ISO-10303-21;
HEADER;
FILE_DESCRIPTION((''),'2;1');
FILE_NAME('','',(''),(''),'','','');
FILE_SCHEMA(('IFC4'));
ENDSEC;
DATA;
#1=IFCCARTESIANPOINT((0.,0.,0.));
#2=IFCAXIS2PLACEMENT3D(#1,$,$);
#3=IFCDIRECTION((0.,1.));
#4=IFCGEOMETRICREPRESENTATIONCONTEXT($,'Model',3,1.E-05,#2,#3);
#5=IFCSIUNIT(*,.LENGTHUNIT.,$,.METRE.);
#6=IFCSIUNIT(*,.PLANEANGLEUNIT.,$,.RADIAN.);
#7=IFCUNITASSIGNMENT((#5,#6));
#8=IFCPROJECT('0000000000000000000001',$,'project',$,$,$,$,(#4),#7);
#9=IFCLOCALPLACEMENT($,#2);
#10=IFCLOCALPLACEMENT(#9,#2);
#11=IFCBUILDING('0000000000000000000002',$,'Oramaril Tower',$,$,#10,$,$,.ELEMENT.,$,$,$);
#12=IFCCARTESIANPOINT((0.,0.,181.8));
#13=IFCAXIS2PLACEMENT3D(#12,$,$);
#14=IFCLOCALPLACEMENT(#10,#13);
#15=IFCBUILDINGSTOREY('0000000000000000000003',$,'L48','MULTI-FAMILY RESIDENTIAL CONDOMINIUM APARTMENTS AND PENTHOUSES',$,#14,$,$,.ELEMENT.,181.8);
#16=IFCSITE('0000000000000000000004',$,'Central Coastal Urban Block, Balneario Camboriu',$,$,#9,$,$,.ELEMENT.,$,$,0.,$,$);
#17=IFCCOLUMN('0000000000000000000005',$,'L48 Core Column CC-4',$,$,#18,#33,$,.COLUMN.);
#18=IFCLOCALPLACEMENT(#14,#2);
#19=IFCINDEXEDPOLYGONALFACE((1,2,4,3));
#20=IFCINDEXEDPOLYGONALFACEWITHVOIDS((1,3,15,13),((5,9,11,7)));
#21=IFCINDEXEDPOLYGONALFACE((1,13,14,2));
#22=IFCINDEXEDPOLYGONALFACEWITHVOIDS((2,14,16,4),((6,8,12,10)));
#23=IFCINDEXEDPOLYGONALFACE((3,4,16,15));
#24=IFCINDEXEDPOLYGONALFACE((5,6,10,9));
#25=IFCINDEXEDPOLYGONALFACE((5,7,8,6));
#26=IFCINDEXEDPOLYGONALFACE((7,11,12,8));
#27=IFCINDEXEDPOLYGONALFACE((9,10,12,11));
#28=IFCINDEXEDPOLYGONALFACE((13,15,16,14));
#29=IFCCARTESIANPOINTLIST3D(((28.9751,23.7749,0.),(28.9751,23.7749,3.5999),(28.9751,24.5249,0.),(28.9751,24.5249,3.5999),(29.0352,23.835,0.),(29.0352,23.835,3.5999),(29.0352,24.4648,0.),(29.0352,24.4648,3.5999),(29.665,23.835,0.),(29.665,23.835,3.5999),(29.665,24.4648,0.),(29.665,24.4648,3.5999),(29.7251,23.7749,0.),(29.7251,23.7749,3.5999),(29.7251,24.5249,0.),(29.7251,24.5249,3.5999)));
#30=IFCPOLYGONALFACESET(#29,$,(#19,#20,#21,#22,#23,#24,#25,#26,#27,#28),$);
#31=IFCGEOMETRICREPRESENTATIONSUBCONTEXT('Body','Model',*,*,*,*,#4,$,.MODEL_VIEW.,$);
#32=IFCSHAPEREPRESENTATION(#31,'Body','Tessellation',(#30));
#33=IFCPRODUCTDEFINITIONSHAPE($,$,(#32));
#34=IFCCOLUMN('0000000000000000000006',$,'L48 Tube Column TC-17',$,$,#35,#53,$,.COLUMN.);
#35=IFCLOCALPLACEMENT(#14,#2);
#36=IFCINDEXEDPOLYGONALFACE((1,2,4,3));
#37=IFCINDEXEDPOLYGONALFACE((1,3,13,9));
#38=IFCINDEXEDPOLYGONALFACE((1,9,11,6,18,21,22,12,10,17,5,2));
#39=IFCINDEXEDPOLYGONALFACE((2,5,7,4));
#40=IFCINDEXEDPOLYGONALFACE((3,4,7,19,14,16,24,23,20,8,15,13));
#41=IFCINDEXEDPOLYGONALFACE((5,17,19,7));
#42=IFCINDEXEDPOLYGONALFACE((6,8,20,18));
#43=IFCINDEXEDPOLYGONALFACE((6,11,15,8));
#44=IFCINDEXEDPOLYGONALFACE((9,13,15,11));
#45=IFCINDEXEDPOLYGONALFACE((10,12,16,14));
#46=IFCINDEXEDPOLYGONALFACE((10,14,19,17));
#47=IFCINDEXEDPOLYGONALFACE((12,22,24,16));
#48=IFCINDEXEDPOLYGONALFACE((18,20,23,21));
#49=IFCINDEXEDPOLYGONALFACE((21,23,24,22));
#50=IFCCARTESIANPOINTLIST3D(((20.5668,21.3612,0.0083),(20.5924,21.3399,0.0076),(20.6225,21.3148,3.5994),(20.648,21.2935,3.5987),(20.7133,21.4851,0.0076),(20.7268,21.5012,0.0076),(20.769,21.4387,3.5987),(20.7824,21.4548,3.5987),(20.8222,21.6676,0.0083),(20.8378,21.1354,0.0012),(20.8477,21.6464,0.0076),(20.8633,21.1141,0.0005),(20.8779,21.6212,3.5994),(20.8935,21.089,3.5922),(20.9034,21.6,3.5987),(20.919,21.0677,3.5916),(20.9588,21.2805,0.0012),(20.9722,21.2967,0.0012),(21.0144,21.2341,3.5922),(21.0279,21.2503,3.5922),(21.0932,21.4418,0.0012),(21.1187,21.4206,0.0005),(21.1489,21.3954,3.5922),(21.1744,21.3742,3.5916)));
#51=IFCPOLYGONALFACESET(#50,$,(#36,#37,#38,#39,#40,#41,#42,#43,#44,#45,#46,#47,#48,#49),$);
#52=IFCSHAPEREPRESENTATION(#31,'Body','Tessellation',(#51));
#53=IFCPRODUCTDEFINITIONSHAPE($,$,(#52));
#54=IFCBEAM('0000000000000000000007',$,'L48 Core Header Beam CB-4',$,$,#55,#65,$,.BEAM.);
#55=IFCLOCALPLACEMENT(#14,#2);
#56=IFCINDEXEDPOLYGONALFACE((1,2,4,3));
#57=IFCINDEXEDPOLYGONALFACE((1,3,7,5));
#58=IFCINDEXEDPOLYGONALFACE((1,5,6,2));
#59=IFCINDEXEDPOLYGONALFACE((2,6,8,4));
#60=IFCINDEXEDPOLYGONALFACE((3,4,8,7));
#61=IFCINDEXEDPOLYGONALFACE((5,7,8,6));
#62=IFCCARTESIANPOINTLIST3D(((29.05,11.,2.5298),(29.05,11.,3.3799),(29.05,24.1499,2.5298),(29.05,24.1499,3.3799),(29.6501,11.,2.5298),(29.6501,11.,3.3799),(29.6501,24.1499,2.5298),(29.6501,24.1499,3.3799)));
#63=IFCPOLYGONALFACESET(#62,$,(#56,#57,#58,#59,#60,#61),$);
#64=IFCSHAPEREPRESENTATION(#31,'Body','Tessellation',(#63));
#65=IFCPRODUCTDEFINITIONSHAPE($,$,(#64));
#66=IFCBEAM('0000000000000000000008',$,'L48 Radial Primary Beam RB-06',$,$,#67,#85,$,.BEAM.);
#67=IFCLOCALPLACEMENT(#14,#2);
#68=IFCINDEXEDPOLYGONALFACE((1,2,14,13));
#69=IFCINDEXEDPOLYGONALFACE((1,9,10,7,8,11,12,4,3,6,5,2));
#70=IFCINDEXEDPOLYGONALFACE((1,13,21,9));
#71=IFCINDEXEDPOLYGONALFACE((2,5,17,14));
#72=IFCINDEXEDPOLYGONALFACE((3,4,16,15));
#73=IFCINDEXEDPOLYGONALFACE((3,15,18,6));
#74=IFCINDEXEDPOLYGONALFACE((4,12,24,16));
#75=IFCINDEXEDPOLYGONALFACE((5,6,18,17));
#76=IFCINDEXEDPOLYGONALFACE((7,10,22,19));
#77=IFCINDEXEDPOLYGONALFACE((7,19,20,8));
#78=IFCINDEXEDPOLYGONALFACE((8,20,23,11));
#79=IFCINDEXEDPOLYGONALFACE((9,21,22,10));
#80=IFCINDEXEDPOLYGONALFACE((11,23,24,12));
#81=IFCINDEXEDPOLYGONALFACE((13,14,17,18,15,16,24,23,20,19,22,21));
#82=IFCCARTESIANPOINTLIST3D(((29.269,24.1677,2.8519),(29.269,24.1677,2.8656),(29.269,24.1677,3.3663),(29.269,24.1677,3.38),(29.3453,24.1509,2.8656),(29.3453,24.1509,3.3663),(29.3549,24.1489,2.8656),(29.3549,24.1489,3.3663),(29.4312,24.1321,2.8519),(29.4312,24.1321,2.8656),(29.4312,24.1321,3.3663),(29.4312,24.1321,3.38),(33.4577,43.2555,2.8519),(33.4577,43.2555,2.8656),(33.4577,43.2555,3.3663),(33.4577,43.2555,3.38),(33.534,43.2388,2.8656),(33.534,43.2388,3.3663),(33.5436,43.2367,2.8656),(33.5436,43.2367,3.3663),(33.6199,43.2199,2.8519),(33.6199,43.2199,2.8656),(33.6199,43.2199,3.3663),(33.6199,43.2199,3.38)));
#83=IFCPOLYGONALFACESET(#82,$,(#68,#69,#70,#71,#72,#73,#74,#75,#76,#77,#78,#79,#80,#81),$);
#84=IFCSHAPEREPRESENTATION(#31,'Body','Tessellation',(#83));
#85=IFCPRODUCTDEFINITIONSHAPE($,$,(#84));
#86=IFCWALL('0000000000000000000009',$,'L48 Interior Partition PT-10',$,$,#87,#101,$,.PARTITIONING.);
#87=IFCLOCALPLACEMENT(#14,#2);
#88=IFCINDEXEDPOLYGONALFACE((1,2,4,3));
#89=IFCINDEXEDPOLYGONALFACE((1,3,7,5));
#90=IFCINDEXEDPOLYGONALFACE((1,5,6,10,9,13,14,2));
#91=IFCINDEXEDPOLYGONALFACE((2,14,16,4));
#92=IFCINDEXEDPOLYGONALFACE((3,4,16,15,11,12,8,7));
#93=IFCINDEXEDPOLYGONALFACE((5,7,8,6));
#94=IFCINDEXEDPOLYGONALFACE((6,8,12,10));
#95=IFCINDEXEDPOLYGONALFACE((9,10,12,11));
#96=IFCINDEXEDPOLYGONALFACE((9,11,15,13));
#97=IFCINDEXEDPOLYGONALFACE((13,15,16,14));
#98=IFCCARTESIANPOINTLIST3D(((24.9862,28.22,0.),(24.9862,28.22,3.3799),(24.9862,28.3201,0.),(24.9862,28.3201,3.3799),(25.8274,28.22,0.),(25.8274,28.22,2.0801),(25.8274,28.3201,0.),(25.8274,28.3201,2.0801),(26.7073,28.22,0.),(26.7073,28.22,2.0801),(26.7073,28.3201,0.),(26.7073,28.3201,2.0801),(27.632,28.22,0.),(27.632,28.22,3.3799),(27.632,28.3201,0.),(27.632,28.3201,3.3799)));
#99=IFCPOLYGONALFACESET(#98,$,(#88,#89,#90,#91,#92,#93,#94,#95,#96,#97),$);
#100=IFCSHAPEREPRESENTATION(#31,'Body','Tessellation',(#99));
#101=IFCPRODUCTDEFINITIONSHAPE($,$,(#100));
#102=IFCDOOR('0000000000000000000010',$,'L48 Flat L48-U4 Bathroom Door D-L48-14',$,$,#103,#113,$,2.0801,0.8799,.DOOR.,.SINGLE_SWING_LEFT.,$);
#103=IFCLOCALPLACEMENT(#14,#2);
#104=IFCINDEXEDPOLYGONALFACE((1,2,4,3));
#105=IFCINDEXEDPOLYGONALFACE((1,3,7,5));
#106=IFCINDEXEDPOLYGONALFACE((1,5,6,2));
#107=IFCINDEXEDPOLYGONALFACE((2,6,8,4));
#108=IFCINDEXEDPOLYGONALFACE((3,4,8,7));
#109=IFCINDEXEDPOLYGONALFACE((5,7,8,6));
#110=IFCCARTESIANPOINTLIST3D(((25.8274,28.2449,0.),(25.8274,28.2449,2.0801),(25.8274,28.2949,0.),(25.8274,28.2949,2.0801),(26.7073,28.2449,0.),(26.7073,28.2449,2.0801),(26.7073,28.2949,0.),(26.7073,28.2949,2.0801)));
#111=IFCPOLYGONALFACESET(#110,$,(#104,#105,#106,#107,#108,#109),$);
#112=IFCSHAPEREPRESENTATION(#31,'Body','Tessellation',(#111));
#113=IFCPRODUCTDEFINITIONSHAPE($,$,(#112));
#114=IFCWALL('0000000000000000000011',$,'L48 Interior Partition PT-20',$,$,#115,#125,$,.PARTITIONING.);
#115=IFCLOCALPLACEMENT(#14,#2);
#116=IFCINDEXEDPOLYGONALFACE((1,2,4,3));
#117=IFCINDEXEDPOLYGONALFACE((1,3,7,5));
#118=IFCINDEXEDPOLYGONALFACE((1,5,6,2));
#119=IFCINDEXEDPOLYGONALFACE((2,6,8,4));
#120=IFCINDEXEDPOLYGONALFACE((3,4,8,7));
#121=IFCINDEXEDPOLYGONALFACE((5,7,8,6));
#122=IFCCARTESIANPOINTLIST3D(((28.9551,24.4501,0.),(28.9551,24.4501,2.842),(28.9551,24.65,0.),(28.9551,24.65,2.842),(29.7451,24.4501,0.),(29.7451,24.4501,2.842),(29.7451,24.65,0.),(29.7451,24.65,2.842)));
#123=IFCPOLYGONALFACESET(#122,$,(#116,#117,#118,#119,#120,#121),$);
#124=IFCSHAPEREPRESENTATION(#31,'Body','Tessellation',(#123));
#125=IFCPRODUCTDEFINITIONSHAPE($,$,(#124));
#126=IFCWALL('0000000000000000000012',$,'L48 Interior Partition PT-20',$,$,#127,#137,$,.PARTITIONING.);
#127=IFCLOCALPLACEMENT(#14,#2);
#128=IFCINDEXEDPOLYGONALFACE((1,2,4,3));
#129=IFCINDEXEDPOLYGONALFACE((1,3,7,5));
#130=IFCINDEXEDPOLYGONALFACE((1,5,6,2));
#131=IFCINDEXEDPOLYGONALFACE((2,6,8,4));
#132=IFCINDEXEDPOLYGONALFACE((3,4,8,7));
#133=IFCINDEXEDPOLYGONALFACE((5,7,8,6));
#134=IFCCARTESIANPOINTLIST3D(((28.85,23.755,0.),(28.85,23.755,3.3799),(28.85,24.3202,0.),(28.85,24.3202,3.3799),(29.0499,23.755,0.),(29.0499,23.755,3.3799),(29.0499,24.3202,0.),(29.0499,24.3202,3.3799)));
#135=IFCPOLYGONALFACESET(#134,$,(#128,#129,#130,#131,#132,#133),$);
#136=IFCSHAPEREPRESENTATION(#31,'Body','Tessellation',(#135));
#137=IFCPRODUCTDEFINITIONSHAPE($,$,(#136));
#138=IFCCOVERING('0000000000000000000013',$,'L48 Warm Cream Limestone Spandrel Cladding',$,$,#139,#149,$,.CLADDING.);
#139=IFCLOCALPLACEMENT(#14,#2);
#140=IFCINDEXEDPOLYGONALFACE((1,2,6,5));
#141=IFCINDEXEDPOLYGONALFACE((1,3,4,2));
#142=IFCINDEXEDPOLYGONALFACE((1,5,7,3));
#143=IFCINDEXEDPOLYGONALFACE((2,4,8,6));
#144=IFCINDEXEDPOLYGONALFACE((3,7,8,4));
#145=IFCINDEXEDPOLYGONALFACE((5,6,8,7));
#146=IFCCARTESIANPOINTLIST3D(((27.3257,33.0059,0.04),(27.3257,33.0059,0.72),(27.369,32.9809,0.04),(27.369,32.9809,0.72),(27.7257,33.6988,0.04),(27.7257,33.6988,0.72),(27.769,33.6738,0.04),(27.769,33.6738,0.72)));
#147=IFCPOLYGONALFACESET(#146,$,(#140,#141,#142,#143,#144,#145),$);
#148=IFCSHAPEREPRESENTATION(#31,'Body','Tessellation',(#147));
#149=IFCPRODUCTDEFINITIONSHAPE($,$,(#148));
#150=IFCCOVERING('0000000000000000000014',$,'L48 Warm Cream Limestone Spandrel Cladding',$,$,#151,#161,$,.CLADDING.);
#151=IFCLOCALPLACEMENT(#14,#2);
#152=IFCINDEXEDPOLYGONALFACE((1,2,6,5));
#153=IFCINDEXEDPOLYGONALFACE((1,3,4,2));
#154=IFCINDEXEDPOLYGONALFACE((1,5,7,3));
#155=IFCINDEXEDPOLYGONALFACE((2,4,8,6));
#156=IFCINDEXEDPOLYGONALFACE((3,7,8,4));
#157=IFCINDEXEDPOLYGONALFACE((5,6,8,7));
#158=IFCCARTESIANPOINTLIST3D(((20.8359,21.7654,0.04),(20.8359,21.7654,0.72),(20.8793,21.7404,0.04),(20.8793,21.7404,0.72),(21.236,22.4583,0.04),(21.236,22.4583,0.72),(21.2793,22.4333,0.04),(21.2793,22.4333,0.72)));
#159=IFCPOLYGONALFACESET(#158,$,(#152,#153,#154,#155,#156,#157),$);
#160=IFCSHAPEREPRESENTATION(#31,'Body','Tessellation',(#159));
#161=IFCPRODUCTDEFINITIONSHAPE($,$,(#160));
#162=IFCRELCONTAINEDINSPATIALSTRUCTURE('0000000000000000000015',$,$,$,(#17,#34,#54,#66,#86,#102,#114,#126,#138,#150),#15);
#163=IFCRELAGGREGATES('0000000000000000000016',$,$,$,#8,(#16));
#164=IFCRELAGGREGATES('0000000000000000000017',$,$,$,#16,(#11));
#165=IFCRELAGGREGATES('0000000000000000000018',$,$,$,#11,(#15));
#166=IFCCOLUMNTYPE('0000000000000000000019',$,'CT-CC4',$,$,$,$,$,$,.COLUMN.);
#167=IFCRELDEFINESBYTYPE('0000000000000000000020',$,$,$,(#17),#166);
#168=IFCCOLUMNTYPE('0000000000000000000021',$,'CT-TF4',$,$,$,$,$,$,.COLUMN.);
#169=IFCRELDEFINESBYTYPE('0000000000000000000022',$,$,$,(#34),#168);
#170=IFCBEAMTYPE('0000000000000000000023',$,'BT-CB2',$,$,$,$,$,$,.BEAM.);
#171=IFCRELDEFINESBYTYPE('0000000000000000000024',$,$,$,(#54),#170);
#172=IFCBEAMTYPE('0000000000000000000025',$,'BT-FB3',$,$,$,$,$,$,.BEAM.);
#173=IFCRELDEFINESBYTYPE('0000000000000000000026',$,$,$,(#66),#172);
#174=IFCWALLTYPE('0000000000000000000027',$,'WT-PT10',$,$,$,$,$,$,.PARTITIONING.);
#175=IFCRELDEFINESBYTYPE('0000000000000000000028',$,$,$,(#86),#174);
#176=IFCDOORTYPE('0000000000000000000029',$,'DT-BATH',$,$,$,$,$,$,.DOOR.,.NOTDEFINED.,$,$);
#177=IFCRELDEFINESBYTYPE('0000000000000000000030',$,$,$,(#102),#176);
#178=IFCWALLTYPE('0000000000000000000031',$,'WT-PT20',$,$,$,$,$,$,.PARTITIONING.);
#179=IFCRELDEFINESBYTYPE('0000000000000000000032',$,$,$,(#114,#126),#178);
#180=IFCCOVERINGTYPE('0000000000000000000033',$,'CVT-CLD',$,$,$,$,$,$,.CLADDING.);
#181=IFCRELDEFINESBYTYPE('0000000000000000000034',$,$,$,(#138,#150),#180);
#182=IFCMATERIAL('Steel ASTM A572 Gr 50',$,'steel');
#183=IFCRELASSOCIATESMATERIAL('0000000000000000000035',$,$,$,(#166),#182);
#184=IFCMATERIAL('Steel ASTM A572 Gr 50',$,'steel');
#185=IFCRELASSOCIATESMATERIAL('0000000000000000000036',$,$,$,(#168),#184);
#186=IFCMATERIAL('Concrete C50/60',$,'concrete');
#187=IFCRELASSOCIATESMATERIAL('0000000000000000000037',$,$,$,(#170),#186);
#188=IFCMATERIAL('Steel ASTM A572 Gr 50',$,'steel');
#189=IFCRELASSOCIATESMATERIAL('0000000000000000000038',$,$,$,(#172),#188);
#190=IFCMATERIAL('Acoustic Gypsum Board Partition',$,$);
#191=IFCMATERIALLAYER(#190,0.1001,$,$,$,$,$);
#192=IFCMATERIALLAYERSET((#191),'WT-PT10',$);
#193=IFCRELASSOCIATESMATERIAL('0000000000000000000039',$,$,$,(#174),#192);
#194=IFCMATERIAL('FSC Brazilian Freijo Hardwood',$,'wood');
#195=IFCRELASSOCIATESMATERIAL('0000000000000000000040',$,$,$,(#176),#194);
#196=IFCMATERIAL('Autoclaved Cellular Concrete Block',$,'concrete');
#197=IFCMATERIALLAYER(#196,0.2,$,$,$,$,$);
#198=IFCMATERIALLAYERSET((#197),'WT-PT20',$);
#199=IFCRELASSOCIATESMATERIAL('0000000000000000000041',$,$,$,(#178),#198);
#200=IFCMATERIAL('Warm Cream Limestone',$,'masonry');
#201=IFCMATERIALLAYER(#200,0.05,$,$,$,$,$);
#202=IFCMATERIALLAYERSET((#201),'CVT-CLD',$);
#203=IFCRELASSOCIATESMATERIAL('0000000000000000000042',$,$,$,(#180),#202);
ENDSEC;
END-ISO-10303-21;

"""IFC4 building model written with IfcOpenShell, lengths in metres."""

from ifc_helpers import new_model, si_unit, direction, frame, frame_2d, origin, origin_2d, place, context, subcontext, project, spatial, rectangle, hollow_rectangle, i_section, extrude, material, layer, layer_set, material_profile, profile_set, type_object, element, fill, save


model = new_model("IFC4")

# Units and contexts
model_context = context("Model", 3, precision=1e-05, world=origin(), true_north=direction((0.0, 1.0)))
body_context = subcontext(model_context, "Body", "Model", "MODEL_VIEW")
ifc_project = project(units=[si_unit("LENGTHUNIT", "METRE"), si_unit("PLANEANGLEUNIT", "RADIAN")], contexts=[model_context])

# Site, building, storey
site_placement = place(None, origin())
site = spatial("IfcSite", under=ifc_project, at=site_placement, Name="Central Coastal Urban Block, Balneario Camboriu", CompositionType="ELEMENT", RefElevation=0.0)
building_placement = place(site_placement, origin())
building = spatial("IfcBuilding", under=site, at=building_placement, Name="Oramaril Tower", CompositionType="ELEMENT")
storey_placement = place(building_placement, frame((0.0, 0.0, 181.8)))
storey = spatial("IfcBuildingStorey", under=building, at=storey_placement, Name="L48", Description="MULTI-FAMILY RESIDENTIAL CONDOMINIUM APARTMENTS AND PENTHOUSES", CompositionType="ELEMENT", Elevation=181.8)

# Columns
ifc_material_1 = material(Name="Steel ASTM A572 Gr 50", Category="steel")
ifc_material_profile_1 = material_profile(ifc_material_1, hollow_rectangle(XDim=0.75, YDim=0.75, WallThickness=0.0601, at=origin_2d()), Name="BOX750X750X60")
ifc_profile_set_1 = profile_set([ifc_material_profile_1], Name="Steel ASTM A572 Gr 50")
column_type_1 = type_object("IfcColumnType", Name="CT-CC4", PredefinedType="COLUMN", material=ifc_profile_set_1)
column_1_placement = place(storey_placement, frame((29.3501, 24.1499, 0.0), z_axis=(0.0, 0.0, 1.0), x_axis=(1.0, 0.0, 0.0)))
element("IfcColumn", 1, at=column_1_placement, inside=storey, type_object=column_type_1, Name="L48 Core Column CC-4", PredefinedType="COLUMN", context=body_context, shape_type="SweptSolid", body=[
    extrude(hollow_rectangle(XDim=0.75, YDim=0.75, WallThickness=0.0601, at=origin_2d()), origin(), (0.0, 0.0, 1.0), 3.5999),
])
ifc_material_2 = material(Name="Steel ASTM A572 Gr 50", Category="steel")
ifc_material_profile_2 = material_profile(ifc_material_2, i_section(OverallWidth=0.3989, OverallDepth=0.386, WebThickness=0.021, FlangeThickness=0.0332, at=origin_2d()), Name="W14X176")
ifc_profile_set_2 = profile_set([ifc_material_profile_2], Name="Steel ASTM A572 Gr 50")
column_type_2 = type_object("IfcColumnType", Name="CT-TF4", PredefinedType="COLUMN", material=ifc_profile_set_2)
column_2_placement = place(storey_placement, frame((20.8428, 21.3909, 0.0044), z_axis=(0.015498, -0.012915, 0.999796), x_axis=(0.640184, 0.768221, 0.0)))
element("IfcColumn", 2, at=column_2_placement, inside=storey, type_object=column_type_2, Name="L48 Tube Column TC-17", PredefinedType="COLUMN", context=body_context, shape_type="SweptSolid", body=[
    extrude(i_section(OverallWidth=0.3989, OverallDepth=0.386, WebThickness=0.021, FlangeThickness=0.0332, at=origin_2d()), origin(), (0.0, 0.0, 1.0), 3.5918),
])

# Beams
ifc_material_3 = material(Name="Concrete C50/60", Category="concrete")
ifc_material_profile_3 = material_profile(ifc_material_3, rectangle(XDim=0.6001, YDim=0.8501, at=origin_2d()), Name="CB600X850")
ifc_profile_set_3 = profile_set([ifc_material_profile_3], Name="Concrete C50/60")
beam_type_1 = type_object("IfcBeamType", Name="BT-CB2", PredefinedType="BEAM", material=ifc_profile_set_3)
beam_1_placement = place(storey_placement, frame((29.3501, 24.1499, 2.9548), z_axis=(0.0, -1.0, 0.0), x_axis=(1.0, 0.0, 0.0)))
element("IfcBeam", 3, at=beam_1_placement, inside=storey, type_object=beam_type_1, Name="L48 Core Header Beam CB-4", PredefinedType="BEAM", context=body_context, shape_type="SweptSolid", body=[
    extrude(rectangle(XDim=0.6001, YDim=0.8501, at=origin_2d()), origin(), (0.0, 0.0, 1.0), 13.1499),
])
ifc_material_4 = material(Name="Steel ASTM A572 Gr 50", Category="steel")
ifc_material_profile_4 = material_profile(ifc_material_4, i_section(OverallWidth=0.166, OverallDepth=0.5281, WebThickness=0.0098, FlangeThickness=0.0137, at=origin_2d()), Name="W21X50")
ifc_profile_set_4 = profile_set([ifc_material_profile_4], Name="Steel ASTM A572 Gr 50")
beam_type_2 = type_object("IfcBeamType", Name="BT-FB3", PredefinedType="BEAM", material=ifc_profile_set_4)
beam_2_placement = place(storey_placement, frame((29.3501, 24.1499, 3.116), z_axis=(0.214344, 0.976758, 0.0), x_axis=(-0.976758, 0.214344, 0.0)))
element("IfcBeam", 4, at=beam_2_placement, inside=storey, type_object=beam_type_2, Name="L48 Radial Primary Beam RB-06", PredefinedType="BEAM", context=body_context, shape_type="SweptSolid", body=[
    extrude(i_section(OverallWidth=0.166, OverallDepth=0.5281, WebThickness=0.0098, FlangeThickness=0.0137, at=origin_2d()), origin(), (0.0, 0.0, 1.0), 19.542),
])

# Wall, opening, door
ifc_material_5 = material(Name="Acoustic Gypsum Board Partition")
ifc_layer_1 = layer(ifc_material_5, 0.1001)
ifc_layer_set_1 = layer_set([ifc_layer_1], Name="WT-PT10")
wall_type_1 = type_object("IfcWallType", Name="WT-PT10", PredefinedType="PARTITIONING", material=ifc_layer_set_1)
wall_1_placement = place(storey_placement, frame((24.9863, 28.27, 0.0), z_axis=(0.0, 0.0, 1.0), x_axis=(1.0, 0.0, 0.0)))
wall_1 = element("IfcWall", 5, at=wall_1_placement, inside=storey, type_object=wall_type_1, Name="L48 Interior Partition PT-10", PredefinedType="PARTITIONING", context=body_context, shape_type="SweptSolid", body=[
    extrude(rectangle(XDim=2.6458, YDim=0.1001, at=frame_2d((1.3228, 0.0))), origin(), (0.0, 0.0, 1.0), 3.3799),
])
opening_1_placement = place(wall_1_placement, frame((0.8411, 0.0, 0.0)))
opening_1 = element("IfcOpeningElement", 6, at=opening_1_placement, cuts=wall_1, PredefinedType="OPENING", context=body_context, shape_type="SweptSolid", body=[
    extrude(rectangle(XDim=0.8799, YDim=2.0801, at=frame_2d((0.4399, 1.04))), frame((0.0, 0.05, 0.0), z_axis=(0.0, -1.0, 0.0), x_axis=(1.0, 0.0, 0.0)), (0.0, 0.0, 1.0), 0.1001),
])
ifc_material_6 = material(Name="FSC Brazilian Freijo Hardwood", Category="wood")
door_type_1 = type_object("IfcDoorType", Name="DT-BATH", OperationType="NOTDEFINED", PredefinedType="DOOR", material=ifc_material_6)
door_1_placement = place(opening_1_placement, origin())
door_1 = element("IfcDoor", 7, at=door_1_placement, inside=storey, type_object=door_type_1, Name="L48 Flat L48-U4 Bathroom Door D-L48-14", OperationType="SINGLE_SWING_LEFT", OverallHeight=2.0801, OverallWidth=0.8799, PredefinedType="DOOR", context=body_context, shape_type="SweptSolid", body=[
    extrude(rectangle(XDim=0.8799, YDim=2.0801, at=frame_2d((0.4399, 1.04))), frame((0.0, 0.0249, 0.0), z_axis=(0.0, -1.0, 0.0), x_axis=(1.0, 0.0, 0.0)), (0.0, 0.0, 1.0), 0.05),
])
fill(opening_1, door_1)

# Wall
ifc_material_7 = material(Name="Autoclaved Cellular Concrete Block", Category="concrete")
ifc_layer_2 = layer(ifc_material_7, 0.2)
ifc_layer_set_2 = layer_set([ifc_layer_2], Name="WT-PT20")
wall_type_2 = type_object("IfcWallType", Name="WT-PT20", PredefinedType="PARTITIONING", material=ifc_layer_set_2)
wall_2_placement = place(storey_placement, frame((28.9551, 24.55, 0.0), z_axis=(0.0, 0.0, 1.0), x_axis=(1.0, 0.0, 0.0)))
element("IfcWall", 8, at=wall_2_placement, inside=storey, type_object=wall_type_2, Name="L48 Interior Partition PT-20", PredefinedType="PARTITIONING", context=body_context, shape_type="SweptSolid", body=[
    extrude(rectangle(XDim=0.79, YDim=0.2, at=frame_2d((0.395, 0.0))), origin(), (0.0, 0.0, 1.0), 2.842),
])

# Wall
wall_3_placement = place(storey_placement, frame((28.95, 23.7549, 0.0), z_axis=(0.0, 0.0, 1.0), x_axis=(0.0, 1.0, 0.0)))
element("IfcWall", 9, at=wall_3_placement, inside=storey, type_object=wall_type_2, Name="L48 Interior Partition PT-20", PredefinedType="PARTITIONING", context=body_context, shape_type="SweptSolid", body=[
    extrude(rectangle(XDim=0.5652, YDim=0.2, at=frame_2d((0.2827, 0.0))), origin(), (0.0, 0.0, 1.0), 3.3799),
])

# Coverings
ifc_material_8 = material(Name="Warm Cream Limestone", Category="masonry")
ifc_layer_3 = layer(ifc_material_8, 0.05)
ifc_layer_set_3 = layer_set([ifc_layer_3], Name="CVT-CLD")
covering_type = type_object("IfcCoveringType", Name="CVT-CLD", PredefinedType="CLADDING", material=ifc_layer_set_3)
for number, where, z_axis, x_axis, name in (
    (10, (27.5474, 33.3398, 0.04), (0.0, 0.0, 1.0), (-0.5, -0.866025, 0.0), "L48 Warm Cream Limestone Spandrel Cladding"),
    (11, (21.0576, 22.0994, 0.04), (0.0, 0.0, 1.0), (-0.5, -0.866025, 0.0), "L48 Warm Cream Limestone Spandrel Cladding"),
):
    element("IfcCovering", number, at=place(storey_placement, frame(where, z_axis=z_axis, x_axis=x_axis)), inside=storey, type_object=covering_type, Name=name, PredefinedType="CLADDING", context=body_context, shape_type="SweptSolid", body=[
        extrude(rectangle(XDim=0.8, YDim=0.05, at=origin_2d()), origin(), (0.0, 0.0, 1.0), 0.6799),
    ])

save(model, "model.ifc")
